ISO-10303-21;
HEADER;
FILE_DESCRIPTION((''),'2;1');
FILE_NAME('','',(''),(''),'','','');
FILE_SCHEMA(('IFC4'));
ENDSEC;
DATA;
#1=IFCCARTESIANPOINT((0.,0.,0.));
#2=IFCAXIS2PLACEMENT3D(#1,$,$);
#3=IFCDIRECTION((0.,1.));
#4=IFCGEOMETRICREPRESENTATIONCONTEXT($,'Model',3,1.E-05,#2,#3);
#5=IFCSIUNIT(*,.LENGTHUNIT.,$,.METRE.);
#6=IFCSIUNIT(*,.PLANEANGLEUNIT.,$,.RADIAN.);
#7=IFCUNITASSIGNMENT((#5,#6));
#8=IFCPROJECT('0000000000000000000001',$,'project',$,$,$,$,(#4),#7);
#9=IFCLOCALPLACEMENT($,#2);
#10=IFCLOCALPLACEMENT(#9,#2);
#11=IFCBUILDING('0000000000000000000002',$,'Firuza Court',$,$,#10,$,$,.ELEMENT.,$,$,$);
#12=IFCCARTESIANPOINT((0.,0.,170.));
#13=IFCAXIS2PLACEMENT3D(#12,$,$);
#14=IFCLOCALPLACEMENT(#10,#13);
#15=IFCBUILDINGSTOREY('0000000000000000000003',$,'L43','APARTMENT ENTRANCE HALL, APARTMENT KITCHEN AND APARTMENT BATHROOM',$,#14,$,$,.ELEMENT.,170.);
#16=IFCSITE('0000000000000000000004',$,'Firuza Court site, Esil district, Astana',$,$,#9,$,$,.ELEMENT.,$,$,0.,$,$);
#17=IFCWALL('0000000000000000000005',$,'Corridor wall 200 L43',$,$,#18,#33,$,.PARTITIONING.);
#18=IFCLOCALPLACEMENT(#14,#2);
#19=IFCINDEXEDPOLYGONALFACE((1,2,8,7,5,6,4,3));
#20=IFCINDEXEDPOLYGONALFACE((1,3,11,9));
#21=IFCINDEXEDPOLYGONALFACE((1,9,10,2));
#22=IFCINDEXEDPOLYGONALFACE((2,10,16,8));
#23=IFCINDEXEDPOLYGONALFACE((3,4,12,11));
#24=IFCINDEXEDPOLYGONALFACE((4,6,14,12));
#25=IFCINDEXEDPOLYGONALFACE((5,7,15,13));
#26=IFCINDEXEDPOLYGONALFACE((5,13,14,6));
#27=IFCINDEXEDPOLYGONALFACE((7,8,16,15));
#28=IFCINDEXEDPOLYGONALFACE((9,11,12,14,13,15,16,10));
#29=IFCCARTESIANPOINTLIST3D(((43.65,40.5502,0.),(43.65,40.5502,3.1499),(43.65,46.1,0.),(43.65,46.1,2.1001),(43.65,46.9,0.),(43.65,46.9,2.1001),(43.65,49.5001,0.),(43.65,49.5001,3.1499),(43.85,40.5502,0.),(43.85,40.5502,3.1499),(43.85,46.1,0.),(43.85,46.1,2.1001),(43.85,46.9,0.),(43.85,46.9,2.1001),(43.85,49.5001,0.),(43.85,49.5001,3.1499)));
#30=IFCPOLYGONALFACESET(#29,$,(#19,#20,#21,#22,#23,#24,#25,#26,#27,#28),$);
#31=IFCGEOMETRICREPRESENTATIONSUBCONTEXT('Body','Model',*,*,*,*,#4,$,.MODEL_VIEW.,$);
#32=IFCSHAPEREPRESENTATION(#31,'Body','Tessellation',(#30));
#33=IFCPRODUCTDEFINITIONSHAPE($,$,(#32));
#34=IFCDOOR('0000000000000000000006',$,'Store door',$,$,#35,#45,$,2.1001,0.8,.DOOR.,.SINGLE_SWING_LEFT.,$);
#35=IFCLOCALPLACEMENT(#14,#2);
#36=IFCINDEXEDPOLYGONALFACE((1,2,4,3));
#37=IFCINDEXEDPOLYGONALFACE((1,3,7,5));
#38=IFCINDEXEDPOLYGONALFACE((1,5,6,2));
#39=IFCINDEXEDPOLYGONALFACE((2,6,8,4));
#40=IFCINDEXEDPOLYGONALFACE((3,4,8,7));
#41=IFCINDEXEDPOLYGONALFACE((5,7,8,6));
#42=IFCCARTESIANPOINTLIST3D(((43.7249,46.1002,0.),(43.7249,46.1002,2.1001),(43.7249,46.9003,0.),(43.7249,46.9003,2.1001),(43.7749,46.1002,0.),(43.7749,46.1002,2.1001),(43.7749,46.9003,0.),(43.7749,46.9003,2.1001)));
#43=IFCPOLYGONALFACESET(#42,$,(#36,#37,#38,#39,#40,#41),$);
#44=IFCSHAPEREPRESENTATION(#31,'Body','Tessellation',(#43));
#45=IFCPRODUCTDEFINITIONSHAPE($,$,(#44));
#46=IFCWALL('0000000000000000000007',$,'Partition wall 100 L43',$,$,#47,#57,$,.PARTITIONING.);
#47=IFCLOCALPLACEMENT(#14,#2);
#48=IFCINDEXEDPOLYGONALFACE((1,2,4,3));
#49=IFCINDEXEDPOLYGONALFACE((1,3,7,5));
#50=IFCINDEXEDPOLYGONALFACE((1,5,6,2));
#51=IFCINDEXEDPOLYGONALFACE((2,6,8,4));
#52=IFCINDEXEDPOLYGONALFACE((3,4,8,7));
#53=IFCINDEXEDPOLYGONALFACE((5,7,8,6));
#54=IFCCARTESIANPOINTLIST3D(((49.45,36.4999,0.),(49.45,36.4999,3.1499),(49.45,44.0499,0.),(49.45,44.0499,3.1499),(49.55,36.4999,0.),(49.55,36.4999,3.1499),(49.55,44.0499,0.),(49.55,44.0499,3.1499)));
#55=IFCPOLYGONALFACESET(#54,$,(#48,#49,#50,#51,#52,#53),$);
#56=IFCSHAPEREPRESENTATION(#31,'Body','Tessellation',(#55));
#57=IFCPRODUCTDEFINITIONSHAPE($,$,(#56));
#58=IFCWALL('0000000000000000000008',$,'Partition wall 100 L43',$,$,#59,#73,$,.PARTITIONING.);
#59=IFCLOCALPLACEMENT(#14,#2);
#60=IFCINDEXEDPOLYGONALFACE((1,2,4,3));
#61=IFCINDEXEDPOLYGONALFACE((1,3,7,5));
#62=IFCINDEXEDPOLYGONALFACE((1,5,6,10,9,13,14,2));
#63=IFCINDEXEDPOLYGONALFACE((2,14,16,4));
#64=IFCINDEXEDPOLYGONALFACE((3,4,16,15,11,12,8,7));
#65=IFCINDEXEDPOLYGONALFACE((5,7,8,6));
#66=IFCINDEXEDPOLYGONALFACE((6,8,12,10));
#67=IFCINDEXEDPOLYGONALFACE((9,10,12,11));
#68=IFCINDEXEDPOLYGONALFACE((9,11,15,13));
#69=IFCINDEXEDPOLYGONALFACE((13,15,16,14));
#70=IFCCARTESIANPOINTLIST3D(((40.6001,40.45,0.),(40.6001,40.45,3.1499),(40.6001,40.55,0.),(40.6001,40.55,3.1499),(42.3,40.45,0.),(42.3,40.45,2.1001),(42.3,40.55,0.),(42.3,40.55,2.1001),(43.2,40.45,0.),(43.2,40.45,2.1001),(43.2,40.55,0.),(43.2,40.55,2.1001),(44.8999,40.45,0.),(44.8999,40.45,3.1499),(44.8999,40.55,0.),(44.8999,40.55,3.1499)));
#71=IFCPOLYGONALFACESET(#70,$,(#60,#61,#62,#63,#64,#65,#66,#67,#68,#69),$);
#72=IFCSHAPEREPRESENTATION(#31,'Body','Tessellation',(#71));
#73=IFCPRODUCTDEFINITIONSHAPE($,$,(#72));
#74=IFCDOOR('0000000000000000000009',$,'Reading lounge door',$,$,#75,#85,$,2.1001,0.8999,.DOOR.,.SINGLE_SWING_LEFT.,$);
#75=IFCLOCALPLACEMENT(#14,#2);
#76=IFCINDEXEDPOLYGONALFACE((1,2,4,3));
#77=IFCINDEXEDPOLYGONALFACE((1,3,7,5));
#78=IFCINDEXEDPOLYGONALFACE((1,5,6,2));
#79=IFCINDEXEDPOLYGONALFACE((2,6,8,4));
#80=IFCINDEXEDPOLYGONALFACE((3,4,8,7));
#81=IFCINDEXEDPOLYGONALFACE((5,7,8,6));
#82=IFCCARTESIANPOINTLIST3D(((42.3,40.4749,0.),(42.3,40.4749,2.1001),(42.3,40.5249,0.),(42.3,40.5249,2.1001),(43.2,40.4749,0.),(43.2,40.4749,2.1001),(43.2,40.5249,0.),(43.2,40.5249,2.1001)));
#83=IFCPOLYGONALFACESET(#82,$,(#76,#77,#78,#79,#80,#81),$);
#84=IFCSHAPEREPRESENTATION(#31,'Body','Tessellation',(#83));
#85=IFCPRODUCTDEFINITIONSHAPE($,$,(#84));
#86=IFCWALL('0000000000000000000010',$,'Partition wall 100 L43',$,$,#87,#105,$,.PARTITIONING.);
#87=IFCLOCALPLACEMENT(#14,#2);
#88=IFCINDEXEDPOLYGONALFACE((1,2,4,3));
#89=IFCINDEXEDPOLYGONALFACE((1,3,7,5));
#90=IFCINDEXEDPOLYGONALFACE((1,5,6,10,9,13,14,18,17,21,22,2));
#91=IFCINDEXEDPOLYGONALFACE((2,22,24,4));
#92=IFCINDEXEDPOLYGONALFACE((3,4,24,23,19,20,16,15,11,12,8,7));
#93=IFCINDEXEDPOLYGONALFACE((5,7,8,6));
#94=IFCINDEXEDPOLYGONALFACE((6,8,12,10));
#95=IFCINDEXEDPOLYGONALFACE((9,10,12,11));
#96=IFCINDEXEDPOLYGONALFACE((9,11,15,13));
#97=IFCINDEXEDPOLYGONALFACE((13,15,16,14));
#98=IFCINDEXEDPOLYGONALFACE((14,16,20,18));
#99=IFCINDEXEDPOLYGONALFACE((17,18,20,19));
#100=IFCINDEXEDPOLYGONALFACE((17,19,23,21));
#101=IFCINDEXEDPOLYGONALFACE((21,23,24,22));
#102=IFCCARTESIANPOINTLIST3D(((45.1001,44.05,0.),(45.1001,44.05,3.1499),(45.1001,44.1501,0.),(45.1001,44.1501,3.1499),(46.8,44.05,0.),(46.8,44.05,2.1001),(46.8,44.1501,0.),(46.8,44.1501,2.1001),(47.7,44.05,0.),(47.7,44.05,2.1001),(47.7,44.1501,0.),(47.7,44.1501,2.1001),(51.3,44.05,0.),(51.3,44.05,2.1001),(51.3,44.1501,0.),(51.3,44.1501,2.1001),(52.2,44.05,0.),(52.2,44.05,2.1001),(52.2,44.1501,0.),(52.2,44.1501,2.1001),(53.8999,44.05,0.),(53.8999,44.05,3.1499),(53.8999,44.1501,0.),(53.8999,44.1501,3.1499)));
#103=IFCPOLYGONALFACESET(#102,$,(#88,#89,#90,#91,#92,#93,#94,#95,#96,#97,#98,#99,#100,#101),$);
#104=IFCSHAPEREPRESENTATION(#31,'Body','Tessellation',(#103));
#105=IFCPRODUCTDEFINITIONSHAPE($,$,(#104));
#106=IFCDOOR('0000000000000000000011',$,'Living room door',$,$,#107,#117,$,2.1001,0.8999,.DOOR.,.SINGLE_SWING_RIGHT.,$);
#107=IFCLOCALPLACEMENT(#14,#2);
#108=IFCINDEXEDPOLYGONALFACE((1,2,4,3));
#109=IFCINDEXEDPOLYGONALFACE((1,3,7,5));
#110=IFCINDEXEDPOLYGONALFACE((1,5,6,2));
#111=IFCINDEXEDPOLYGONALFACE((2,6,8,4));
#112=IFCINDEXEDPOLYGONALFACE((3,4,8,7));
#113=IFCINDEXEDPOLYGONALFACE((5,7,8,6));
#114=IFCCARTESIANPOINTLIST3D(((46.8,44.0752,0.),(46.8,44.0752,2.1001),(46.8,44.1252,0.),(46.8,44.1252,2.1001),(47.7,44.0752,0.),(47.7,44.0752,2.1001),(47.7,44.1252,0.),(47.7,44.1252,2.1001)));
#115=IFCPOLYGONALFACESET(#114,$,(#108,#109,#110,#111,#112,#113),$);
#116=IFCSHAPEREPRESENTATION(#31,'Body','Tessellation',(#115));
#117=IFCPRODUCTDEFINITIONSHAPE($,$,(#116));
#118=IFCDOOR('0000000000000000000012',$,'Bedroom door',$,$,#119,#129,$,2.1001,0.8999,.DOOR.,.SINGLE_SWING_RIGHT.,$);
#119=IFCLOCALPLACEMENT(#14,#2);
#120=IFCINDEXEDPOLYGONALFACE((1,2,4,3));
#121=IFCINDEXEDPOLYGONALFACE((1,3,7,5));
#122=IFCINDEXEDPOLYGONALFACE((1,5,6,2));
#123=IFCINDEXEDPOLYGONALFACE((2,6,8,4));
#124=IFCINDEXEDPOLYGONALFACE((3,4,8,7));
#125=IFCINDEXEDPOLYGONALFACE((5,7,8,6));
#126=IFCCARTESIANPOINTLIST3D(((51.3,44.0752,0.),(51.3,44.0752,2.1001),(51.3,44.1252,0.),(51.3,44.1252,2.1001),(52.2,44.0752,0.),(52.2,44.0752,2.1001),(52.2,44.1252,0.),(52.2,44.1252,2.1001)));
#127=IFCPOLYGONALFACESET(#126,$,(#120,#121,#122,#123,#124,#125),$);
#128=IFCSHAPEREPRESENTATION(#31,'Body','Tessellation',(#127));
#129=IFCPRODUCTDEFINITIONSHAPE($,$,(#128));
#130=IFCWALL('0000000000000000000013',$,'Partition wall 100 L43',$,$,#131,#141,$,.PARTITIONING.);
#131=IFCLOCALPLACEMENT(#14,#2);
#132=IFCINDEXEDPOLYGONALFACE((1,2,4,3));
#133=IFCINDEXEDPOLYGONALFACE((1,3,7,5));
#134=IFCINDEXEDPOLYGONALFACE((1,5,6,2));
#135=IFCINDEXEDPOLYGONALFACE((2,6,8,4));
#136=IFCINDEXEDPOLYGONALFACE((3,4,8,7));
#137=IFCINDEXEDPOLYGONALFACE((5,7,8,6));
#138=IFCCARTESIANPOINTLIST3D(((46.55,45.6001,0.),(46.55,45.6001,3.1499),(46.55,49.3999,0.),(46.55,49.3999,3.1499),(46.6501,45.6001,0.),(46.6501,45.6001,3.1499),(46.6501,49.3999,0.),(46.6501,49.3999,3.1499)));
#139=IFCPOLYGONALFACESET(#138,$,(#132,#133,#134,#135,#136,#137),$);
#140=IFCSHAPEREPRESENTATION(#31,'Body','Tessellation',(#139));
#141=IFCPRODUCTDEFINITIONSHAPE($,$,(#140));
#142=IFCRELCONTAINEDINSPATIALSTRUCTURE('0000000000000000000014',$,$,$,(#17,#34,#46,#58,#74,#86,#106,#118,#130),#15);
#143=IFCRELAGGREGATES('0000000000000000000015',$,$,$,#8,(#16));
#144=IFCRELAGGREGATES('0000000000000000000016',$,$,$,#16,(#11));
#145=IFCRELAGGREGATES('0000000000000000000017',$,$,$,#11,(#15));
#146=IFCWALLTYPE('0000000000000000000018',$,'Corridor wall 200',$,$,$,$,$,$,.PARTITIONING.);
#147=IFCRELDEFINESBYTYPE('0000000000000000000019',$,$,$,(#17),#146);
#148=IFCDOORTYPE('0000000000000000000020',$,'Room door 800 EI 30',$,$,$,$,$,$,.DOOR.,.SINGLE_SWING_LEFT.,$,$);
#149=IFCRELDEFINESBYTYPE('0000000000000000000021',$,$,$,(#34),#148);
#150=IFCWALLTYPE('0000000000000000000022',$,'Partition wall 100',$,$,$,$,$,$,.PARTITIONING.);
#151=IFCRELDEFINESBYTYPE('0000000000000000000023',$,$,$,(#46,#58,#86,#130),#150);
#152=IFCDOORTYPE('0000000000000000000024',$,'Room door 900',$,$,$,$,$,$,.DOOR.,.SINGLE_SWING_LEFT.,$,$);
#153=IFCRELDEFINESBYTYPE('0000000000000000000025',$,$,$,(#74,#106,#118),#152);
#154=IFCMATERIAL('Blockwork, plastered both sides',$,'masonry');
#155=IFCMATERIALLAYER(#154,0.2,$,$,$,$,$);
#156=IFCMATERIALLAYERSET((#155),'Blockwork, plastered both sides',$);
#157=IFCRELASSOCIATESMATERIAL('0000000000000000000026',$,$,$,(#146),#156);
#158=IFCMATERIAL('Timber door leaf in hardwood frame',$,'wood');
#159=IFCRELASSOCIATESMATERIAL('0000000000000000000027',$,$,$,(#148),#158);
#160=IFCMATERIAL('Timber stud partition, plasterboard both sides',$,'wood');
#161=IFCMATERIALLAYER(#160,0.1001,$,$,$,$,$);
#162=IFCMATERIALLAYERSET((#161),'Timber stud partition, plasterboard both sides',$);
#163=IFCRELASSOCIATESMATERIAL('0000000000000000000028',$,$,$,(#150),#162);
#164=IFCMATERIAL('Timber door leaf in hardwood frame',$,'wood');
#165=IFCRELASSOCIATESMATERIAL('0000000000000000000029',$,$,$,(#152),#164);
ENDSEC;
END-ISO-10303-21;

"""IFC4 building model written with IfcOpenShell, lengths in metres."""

from ifc_helpers import new_model, si_unit, direction, frame, frame_2d, origin, place, context, subcontext, project, spatial, rectangle, extrude, material, layer, layer_set, type_object, element, fill, save


model = new_model("IFC4")

# Units and contexts
model_context = context("Model", 3, precision=1e-05, world=origin(), true_north=direction((0.0, 1.0)))
body_context = subcontext(model_context, "Body", "Model", "MODEL_VIEW")
ifc_project = project(units=[si_unit("LENGTHUNIT", "METRE"), si_unit("PLANEANGLEUNIT", "RADIAN")], contexts=[model_context])

# Site, building, storey
site_placement = place(None, origin())
site = spatial("IfcSite", under=ifc_project, at=site_placement, Name="Firuza Court site, Esil district, Astana", CompositionType="ELEMENT", RefElevation=0.0)
building_placement = place(site_placement, origin())
building = spatial("IfcBuilding", under=site, at=building_placement, Name="Firuza Court", CompositionType="ELEMENT")
storey_placement = place(building_placement, frame((0.0, 0.0, 170.0)))
storey = spatial("IfcBuildingStorey", under=building, at=storey_placement, Name="L43", Description="APARTMENT ENTRANCE HALL, APARTMENT KITCHEN AND APARTMENT BATHROOM", CompositionType="ELEMENT", Elevation=170.0)

# Wall, opening, door
ifc_material_1 = material(Name="Blockwork, plastered both sides", Category="masonry")
ifc_layer_1 = layer(ifc_material_1, 0.2)
ifc_layer_set_1 = layer_set([ifc_layer_1], Name="Blockwork, plastered both sides")
wall_type_1 = type_object("IfcWallType", Name="Corridor wall 200", PredefinedType="PARTITIONING", material=ifc_layer_set_1)
ifc_material_2 = material(Name="Timber door leaf in hardwood frame", Category="wood")
door_type_1 = type_object("IfcDoorType", Name="Room door 800 EI 30", OperationType="SINGLE_SWING_LEFT", PredefinedType="DOOR", material=ifc_material_2)
wall_1_placement = place(storey_placement, frame((43.75, 40.55, 0.0), z_axis=(0.0, 0.0, 1.0), x_axis=(0.0, 1.0, 0.0)))
wall_1 = element("IfcWall", 1, at=wall_1_placement, inside=storey, type_object=wall_type_1, Name="Corridor wall 200 L43", PredefinedType="PARTITIONING", context=body_context, shape_type="SweptSolid", body=[
    extrude(rectangle(XDim=8.95, YDim=0.2, at=frame_2d((4.4751, 0.0))), origin(), (0.0, 0.0, 1.0), 3.1499),
])
opening_1_placement = place(wall_1_placement, frame((5.55, 0.0, 0.0)))
opening_1 = element("IfcOpeningElement", 2, at=opening_1_placement, cuts=wall_1, PredefinedType="OPENING", context=body_context, shape_type="SweptSolid", body=[
    extrude(rectangle(XDim=0.8, YDim=2.1001, at=frame_2d((0.3999, 1.05))), frame((0.0, 0.1118, 0.0), z_axis=(0.0, -1.0, 0.0), x_axis=(1.0, 0.0, 0.0)), (0.0, 0.0, 1.0), 0.2239),
])
door_1_placement = place(opening_1_placement, frame((0.8, 0.0, 0.0), z_axis=(0.0, 0.0, 1.0), x_axis=(-1.0, 0.0, 0.0)))
door_1 = element("IfcDoor", 3, at=door_1_placement, inside=storey, type_object=door_type_1, Name="Store door", OperationType="SINGLE_SWING_LEFT", OverallHeight=2.1001, OverallWidth=0.8, PredefinedType="DOOR", context=body_context, shape_type="SweptSolid", body=[
    extrude(rectangle(XDim=0.8, YDim=2.1001, at=frame_2d((0.3999, 1.05))), frame((0.0, 0.0249, 0.0), z_axis=(0.0, -1.0, 0.0), x_axis=(1.0, 0.0, 0.0)), (0.0, 0.0, 1.0), 0.05),
])
fill(opening_1, door_1)

# Wall
ifc_material_3 = material(Name="Timber stud partition, plasterboard both sides", Category="wood")
ifc_layer_2 = layer(ifc_material_3, 0.1001)
ifc_layer_set_2 = layer_set([ifc_layer_2], Name="Timber stud partition, plasterboard both sides")
wall_type_2 = type_object("IfcWallType", Name="Partition wall 100", PredefinedType="PARTITIONING", material=ifc_layer_set_2)
wall_2_placement = place(storey_placement, frame((49.5, 36.5, 0.0), z_axis=(0.0, 0.0, 1.0), x_axis=(0.0, 1.0, 0.0)))
element("IfcWall", 4, at=wall_2_placement, inside=storey, type_object=wall_type_2, Name="Partition wall 100 L43", PredefinedType="PARTITIONING", context=body_context, shape_type="SweptSolid", body=[
    extrude(rectangle(XDim=7.55, YDim=0.1001, at=frame_2d((3.7749, 0.0))), origin(), (0.0, 0.0, 1.0), 3.1499),
])

# Wall, opening, door
wall_3_placement = place(storey_placement, frame((40.6001, 40.5, 0.0), z_axis=(0.0, 0.0, 1.0), x_axis=(1.0, 0.0, 0.0)))
wall_3 = element("IfcWall", 5, at=wall_3_placement, inside=storey, type_object=wall_type_2, Name="Partition wall 100 L43", PredefinedType="PARTITIONING", context=body_context, shape_type="SweptSolid", body=[
    extrude(rectangle(XDim=4.2998, YDim=0.1001, at=frame_2d((2.1499, 0.0))), origin(), (0.0, 0.0, 1.0), 3.1499),
])
opening_2_placement = place(wall_3_placement, frame((1.7, 0.0, 0.0)))
opening_2 = element("IfcOpeningElement", 6, at=opening_2_placement, cuts=wall_3, PredefinedType="OPENING", context=body_context, shape_type="SweptSolid", body=[
    extrude(rectangle(XDim=0.8999, YDim=2.1001, at=frame_2d((0.45, 1.05))), frame((0.0, 0.062, 0.0), z_axis=(0.0, -1.0, 0.0), x_axis=(1.0, 0.0, 0.0)), (0.0, 0.0, 1.0), 0.124),
])
ifc_material_4 = material(Name="Timber door leaf in hardwood frame", Category="wood")
door_type_2 = type_object("IfcDoorType", Name="Room door 900", OperationType="SINGLE_SWING_LEFT", PredefinedType="DOOR", material=ifc_material_4)
door_2_placement = place(opening_2_placement, origin())
door_2 = element("IfcDoor", 7, at=door_2_placement, inside=storey, type_object=door_type_2, Name="Reading lounge door", OperationType="SINGLE_SWING_LEFT", OverallHeight=2.1001, OverallWidth=0.8999, PredefinedType="DOOR", context=body_context, shape_type="SweptSolid", body=[
    extrude(rectangle(XDim=0.8999, YDim=2.1001, at=frame_2d((0.45, 1.05))), frame((0.0, 0.0249, 0.0), z_axis=(0.0, -1.0, 0.0), x_axis=(1.0, 0.0, 0.0)), (0.0, 0.0, 1.0), 0.05),
])
fill(opening_2, door_2)

# Wall, openings, doors
wall_4_placement = place(storey_placement, frame((45.1001, 44.1001, 0.0), z_axis=(0.0, 0.0, 1.0), x_axis=(1.0, 0.0, 0.0)))
wall_4 = element("IfcWall", 8, at=wall_4_placement, inside=storey, type_object=wall_type_2, Name="Partition wall 100 L43", PredefinedType="PARTITIONING", context=body_context, shape_type="SweptSolid", body=[
    extrude(rectangle(XDim=8.7998, YDim=0.1001, at=frame_2d((4.3999, 0.0))), origin(), (0.0, 0.0, 1.0), 3.1499),
])
opening_3_placement = place(wall_4_placement, frame((1.7, 0.0, 0.0)))
opening_3 = element("IfcOpeningElement", 9, at=opening_3_placement, cuts=wall_4, PredefinedType="OPENING", context=body_context, shape_type="SweptSolid", body=[
    extrude(rectangle(XDim=0.8999, YDim=2.1001, at=frame_2d((0.45, 1.05))), frame((0.0, 0.062, 0.0), z_axis=(0.0, -1.0, 0.0), x_axis=(1.0, 0.0, 0.0)), (0.0, 0.0, 1.0), 0.124),
])
opening_4_placement = place(wall_4_placement, frame((6.2, 0.0, 0.0)))
opening_4 = element("IfcOpeningElement", 10, at=opening_4_placement, cuts=wall_4, PredefinedType="OPENING", context=body_context, shape_type="SweptSolid", body=[
    extrude(rectangle(XDim=0.8999, YDim=2.1001, at=frame_2d((0.45, 1.05))), frame((0.0, 0.062, 0.0), z_axis=(0.0, -1.0, 0.0), x_axis=(1.0, 0.0, 0.0)), (0.0, 0.0, 1.0), 0.124),
])
door_3_placement = place(opening_3_placement, frame((0.8999, 0.0, 0.0), z_axis=(0.0, 0.0, 1.0), x_axis=(-1.0, 0.0, 0.0)))
door_3 = element("IfcDoor", 11, at=door_3_placement, inside=storey, type_object=door_type_2, Name="Living room door", OperationType="SINGLE_SWING_RIGHT", OverallHeight=2.1001, OverallWidth=0.8999, PredefinedType="DOOR", context=body_context, shape_type="SweptSolid", body=[
    extrude(rectangle(XDim=0.8999, YDim=2.1001, at=frame_2d((0.45, 1.05))), frame((0.0, 0.0249, 0.0), z_axis=(0.0, -1.0, 0.0), x_axis=(1.0, 0.0, 0.0)), (0.0, 0.0, 1.0), 0.05),
])
fill(opening_3, door_3)
door_4_placement = place(opening_4_placement, frame((0.8999, 0.0, 0.0), z_axis=(0.0, 0.0, 1.0), x_axis=(-1.0, 0.0, 0.0)))
door_4 = element("IfcDoor", 12, at=door_4_placement, inside=storey, type_object=door_type_2, Name="Bedroom door", OperationType="SINGLE_SWING_RIGHT", OverallHeight=2.1001, OverallWidth=0.8999, PredefinedType="DOOR", context=body_context, shape_type="SweptSolid", body=[
    extrude(rectangle(XDim=0.8999, YDim=2.1001, at=frame_2d((0.45, 1.05))), frame((0.0, 0.0249, 0.0), z_axis=(0.0, -1.0, 0.0), x_axis=(1.0, 0.0, 0.0)), (0.0, 0.0, 1.0), 0.05),
])
fill(opening_4, door_4)

# Wall
wall_5_placement = place(storey_placement, frame((46.6001, 45.6001, 0.0), z_axis=(0.0, 0.0, 1.0), x_axis=(0.0, 1.0, 0.0)))
element("IfcWall", 13, at=wall_5_placement, inside=storey, type_object=wall_type_2, Name="Partition wall 100 L43", PredefinedType="PARTITIONING", context=body_context, shape_type="SweptSolid", body=[
    extrude(rectangle(XDim=3.7998, YDim=0.1001, at=frame_2d((1.8999, 0.0))), origin(), (0.0, 0.0, 1.0), 3.1499),
])

save(model, "model.ifc")
